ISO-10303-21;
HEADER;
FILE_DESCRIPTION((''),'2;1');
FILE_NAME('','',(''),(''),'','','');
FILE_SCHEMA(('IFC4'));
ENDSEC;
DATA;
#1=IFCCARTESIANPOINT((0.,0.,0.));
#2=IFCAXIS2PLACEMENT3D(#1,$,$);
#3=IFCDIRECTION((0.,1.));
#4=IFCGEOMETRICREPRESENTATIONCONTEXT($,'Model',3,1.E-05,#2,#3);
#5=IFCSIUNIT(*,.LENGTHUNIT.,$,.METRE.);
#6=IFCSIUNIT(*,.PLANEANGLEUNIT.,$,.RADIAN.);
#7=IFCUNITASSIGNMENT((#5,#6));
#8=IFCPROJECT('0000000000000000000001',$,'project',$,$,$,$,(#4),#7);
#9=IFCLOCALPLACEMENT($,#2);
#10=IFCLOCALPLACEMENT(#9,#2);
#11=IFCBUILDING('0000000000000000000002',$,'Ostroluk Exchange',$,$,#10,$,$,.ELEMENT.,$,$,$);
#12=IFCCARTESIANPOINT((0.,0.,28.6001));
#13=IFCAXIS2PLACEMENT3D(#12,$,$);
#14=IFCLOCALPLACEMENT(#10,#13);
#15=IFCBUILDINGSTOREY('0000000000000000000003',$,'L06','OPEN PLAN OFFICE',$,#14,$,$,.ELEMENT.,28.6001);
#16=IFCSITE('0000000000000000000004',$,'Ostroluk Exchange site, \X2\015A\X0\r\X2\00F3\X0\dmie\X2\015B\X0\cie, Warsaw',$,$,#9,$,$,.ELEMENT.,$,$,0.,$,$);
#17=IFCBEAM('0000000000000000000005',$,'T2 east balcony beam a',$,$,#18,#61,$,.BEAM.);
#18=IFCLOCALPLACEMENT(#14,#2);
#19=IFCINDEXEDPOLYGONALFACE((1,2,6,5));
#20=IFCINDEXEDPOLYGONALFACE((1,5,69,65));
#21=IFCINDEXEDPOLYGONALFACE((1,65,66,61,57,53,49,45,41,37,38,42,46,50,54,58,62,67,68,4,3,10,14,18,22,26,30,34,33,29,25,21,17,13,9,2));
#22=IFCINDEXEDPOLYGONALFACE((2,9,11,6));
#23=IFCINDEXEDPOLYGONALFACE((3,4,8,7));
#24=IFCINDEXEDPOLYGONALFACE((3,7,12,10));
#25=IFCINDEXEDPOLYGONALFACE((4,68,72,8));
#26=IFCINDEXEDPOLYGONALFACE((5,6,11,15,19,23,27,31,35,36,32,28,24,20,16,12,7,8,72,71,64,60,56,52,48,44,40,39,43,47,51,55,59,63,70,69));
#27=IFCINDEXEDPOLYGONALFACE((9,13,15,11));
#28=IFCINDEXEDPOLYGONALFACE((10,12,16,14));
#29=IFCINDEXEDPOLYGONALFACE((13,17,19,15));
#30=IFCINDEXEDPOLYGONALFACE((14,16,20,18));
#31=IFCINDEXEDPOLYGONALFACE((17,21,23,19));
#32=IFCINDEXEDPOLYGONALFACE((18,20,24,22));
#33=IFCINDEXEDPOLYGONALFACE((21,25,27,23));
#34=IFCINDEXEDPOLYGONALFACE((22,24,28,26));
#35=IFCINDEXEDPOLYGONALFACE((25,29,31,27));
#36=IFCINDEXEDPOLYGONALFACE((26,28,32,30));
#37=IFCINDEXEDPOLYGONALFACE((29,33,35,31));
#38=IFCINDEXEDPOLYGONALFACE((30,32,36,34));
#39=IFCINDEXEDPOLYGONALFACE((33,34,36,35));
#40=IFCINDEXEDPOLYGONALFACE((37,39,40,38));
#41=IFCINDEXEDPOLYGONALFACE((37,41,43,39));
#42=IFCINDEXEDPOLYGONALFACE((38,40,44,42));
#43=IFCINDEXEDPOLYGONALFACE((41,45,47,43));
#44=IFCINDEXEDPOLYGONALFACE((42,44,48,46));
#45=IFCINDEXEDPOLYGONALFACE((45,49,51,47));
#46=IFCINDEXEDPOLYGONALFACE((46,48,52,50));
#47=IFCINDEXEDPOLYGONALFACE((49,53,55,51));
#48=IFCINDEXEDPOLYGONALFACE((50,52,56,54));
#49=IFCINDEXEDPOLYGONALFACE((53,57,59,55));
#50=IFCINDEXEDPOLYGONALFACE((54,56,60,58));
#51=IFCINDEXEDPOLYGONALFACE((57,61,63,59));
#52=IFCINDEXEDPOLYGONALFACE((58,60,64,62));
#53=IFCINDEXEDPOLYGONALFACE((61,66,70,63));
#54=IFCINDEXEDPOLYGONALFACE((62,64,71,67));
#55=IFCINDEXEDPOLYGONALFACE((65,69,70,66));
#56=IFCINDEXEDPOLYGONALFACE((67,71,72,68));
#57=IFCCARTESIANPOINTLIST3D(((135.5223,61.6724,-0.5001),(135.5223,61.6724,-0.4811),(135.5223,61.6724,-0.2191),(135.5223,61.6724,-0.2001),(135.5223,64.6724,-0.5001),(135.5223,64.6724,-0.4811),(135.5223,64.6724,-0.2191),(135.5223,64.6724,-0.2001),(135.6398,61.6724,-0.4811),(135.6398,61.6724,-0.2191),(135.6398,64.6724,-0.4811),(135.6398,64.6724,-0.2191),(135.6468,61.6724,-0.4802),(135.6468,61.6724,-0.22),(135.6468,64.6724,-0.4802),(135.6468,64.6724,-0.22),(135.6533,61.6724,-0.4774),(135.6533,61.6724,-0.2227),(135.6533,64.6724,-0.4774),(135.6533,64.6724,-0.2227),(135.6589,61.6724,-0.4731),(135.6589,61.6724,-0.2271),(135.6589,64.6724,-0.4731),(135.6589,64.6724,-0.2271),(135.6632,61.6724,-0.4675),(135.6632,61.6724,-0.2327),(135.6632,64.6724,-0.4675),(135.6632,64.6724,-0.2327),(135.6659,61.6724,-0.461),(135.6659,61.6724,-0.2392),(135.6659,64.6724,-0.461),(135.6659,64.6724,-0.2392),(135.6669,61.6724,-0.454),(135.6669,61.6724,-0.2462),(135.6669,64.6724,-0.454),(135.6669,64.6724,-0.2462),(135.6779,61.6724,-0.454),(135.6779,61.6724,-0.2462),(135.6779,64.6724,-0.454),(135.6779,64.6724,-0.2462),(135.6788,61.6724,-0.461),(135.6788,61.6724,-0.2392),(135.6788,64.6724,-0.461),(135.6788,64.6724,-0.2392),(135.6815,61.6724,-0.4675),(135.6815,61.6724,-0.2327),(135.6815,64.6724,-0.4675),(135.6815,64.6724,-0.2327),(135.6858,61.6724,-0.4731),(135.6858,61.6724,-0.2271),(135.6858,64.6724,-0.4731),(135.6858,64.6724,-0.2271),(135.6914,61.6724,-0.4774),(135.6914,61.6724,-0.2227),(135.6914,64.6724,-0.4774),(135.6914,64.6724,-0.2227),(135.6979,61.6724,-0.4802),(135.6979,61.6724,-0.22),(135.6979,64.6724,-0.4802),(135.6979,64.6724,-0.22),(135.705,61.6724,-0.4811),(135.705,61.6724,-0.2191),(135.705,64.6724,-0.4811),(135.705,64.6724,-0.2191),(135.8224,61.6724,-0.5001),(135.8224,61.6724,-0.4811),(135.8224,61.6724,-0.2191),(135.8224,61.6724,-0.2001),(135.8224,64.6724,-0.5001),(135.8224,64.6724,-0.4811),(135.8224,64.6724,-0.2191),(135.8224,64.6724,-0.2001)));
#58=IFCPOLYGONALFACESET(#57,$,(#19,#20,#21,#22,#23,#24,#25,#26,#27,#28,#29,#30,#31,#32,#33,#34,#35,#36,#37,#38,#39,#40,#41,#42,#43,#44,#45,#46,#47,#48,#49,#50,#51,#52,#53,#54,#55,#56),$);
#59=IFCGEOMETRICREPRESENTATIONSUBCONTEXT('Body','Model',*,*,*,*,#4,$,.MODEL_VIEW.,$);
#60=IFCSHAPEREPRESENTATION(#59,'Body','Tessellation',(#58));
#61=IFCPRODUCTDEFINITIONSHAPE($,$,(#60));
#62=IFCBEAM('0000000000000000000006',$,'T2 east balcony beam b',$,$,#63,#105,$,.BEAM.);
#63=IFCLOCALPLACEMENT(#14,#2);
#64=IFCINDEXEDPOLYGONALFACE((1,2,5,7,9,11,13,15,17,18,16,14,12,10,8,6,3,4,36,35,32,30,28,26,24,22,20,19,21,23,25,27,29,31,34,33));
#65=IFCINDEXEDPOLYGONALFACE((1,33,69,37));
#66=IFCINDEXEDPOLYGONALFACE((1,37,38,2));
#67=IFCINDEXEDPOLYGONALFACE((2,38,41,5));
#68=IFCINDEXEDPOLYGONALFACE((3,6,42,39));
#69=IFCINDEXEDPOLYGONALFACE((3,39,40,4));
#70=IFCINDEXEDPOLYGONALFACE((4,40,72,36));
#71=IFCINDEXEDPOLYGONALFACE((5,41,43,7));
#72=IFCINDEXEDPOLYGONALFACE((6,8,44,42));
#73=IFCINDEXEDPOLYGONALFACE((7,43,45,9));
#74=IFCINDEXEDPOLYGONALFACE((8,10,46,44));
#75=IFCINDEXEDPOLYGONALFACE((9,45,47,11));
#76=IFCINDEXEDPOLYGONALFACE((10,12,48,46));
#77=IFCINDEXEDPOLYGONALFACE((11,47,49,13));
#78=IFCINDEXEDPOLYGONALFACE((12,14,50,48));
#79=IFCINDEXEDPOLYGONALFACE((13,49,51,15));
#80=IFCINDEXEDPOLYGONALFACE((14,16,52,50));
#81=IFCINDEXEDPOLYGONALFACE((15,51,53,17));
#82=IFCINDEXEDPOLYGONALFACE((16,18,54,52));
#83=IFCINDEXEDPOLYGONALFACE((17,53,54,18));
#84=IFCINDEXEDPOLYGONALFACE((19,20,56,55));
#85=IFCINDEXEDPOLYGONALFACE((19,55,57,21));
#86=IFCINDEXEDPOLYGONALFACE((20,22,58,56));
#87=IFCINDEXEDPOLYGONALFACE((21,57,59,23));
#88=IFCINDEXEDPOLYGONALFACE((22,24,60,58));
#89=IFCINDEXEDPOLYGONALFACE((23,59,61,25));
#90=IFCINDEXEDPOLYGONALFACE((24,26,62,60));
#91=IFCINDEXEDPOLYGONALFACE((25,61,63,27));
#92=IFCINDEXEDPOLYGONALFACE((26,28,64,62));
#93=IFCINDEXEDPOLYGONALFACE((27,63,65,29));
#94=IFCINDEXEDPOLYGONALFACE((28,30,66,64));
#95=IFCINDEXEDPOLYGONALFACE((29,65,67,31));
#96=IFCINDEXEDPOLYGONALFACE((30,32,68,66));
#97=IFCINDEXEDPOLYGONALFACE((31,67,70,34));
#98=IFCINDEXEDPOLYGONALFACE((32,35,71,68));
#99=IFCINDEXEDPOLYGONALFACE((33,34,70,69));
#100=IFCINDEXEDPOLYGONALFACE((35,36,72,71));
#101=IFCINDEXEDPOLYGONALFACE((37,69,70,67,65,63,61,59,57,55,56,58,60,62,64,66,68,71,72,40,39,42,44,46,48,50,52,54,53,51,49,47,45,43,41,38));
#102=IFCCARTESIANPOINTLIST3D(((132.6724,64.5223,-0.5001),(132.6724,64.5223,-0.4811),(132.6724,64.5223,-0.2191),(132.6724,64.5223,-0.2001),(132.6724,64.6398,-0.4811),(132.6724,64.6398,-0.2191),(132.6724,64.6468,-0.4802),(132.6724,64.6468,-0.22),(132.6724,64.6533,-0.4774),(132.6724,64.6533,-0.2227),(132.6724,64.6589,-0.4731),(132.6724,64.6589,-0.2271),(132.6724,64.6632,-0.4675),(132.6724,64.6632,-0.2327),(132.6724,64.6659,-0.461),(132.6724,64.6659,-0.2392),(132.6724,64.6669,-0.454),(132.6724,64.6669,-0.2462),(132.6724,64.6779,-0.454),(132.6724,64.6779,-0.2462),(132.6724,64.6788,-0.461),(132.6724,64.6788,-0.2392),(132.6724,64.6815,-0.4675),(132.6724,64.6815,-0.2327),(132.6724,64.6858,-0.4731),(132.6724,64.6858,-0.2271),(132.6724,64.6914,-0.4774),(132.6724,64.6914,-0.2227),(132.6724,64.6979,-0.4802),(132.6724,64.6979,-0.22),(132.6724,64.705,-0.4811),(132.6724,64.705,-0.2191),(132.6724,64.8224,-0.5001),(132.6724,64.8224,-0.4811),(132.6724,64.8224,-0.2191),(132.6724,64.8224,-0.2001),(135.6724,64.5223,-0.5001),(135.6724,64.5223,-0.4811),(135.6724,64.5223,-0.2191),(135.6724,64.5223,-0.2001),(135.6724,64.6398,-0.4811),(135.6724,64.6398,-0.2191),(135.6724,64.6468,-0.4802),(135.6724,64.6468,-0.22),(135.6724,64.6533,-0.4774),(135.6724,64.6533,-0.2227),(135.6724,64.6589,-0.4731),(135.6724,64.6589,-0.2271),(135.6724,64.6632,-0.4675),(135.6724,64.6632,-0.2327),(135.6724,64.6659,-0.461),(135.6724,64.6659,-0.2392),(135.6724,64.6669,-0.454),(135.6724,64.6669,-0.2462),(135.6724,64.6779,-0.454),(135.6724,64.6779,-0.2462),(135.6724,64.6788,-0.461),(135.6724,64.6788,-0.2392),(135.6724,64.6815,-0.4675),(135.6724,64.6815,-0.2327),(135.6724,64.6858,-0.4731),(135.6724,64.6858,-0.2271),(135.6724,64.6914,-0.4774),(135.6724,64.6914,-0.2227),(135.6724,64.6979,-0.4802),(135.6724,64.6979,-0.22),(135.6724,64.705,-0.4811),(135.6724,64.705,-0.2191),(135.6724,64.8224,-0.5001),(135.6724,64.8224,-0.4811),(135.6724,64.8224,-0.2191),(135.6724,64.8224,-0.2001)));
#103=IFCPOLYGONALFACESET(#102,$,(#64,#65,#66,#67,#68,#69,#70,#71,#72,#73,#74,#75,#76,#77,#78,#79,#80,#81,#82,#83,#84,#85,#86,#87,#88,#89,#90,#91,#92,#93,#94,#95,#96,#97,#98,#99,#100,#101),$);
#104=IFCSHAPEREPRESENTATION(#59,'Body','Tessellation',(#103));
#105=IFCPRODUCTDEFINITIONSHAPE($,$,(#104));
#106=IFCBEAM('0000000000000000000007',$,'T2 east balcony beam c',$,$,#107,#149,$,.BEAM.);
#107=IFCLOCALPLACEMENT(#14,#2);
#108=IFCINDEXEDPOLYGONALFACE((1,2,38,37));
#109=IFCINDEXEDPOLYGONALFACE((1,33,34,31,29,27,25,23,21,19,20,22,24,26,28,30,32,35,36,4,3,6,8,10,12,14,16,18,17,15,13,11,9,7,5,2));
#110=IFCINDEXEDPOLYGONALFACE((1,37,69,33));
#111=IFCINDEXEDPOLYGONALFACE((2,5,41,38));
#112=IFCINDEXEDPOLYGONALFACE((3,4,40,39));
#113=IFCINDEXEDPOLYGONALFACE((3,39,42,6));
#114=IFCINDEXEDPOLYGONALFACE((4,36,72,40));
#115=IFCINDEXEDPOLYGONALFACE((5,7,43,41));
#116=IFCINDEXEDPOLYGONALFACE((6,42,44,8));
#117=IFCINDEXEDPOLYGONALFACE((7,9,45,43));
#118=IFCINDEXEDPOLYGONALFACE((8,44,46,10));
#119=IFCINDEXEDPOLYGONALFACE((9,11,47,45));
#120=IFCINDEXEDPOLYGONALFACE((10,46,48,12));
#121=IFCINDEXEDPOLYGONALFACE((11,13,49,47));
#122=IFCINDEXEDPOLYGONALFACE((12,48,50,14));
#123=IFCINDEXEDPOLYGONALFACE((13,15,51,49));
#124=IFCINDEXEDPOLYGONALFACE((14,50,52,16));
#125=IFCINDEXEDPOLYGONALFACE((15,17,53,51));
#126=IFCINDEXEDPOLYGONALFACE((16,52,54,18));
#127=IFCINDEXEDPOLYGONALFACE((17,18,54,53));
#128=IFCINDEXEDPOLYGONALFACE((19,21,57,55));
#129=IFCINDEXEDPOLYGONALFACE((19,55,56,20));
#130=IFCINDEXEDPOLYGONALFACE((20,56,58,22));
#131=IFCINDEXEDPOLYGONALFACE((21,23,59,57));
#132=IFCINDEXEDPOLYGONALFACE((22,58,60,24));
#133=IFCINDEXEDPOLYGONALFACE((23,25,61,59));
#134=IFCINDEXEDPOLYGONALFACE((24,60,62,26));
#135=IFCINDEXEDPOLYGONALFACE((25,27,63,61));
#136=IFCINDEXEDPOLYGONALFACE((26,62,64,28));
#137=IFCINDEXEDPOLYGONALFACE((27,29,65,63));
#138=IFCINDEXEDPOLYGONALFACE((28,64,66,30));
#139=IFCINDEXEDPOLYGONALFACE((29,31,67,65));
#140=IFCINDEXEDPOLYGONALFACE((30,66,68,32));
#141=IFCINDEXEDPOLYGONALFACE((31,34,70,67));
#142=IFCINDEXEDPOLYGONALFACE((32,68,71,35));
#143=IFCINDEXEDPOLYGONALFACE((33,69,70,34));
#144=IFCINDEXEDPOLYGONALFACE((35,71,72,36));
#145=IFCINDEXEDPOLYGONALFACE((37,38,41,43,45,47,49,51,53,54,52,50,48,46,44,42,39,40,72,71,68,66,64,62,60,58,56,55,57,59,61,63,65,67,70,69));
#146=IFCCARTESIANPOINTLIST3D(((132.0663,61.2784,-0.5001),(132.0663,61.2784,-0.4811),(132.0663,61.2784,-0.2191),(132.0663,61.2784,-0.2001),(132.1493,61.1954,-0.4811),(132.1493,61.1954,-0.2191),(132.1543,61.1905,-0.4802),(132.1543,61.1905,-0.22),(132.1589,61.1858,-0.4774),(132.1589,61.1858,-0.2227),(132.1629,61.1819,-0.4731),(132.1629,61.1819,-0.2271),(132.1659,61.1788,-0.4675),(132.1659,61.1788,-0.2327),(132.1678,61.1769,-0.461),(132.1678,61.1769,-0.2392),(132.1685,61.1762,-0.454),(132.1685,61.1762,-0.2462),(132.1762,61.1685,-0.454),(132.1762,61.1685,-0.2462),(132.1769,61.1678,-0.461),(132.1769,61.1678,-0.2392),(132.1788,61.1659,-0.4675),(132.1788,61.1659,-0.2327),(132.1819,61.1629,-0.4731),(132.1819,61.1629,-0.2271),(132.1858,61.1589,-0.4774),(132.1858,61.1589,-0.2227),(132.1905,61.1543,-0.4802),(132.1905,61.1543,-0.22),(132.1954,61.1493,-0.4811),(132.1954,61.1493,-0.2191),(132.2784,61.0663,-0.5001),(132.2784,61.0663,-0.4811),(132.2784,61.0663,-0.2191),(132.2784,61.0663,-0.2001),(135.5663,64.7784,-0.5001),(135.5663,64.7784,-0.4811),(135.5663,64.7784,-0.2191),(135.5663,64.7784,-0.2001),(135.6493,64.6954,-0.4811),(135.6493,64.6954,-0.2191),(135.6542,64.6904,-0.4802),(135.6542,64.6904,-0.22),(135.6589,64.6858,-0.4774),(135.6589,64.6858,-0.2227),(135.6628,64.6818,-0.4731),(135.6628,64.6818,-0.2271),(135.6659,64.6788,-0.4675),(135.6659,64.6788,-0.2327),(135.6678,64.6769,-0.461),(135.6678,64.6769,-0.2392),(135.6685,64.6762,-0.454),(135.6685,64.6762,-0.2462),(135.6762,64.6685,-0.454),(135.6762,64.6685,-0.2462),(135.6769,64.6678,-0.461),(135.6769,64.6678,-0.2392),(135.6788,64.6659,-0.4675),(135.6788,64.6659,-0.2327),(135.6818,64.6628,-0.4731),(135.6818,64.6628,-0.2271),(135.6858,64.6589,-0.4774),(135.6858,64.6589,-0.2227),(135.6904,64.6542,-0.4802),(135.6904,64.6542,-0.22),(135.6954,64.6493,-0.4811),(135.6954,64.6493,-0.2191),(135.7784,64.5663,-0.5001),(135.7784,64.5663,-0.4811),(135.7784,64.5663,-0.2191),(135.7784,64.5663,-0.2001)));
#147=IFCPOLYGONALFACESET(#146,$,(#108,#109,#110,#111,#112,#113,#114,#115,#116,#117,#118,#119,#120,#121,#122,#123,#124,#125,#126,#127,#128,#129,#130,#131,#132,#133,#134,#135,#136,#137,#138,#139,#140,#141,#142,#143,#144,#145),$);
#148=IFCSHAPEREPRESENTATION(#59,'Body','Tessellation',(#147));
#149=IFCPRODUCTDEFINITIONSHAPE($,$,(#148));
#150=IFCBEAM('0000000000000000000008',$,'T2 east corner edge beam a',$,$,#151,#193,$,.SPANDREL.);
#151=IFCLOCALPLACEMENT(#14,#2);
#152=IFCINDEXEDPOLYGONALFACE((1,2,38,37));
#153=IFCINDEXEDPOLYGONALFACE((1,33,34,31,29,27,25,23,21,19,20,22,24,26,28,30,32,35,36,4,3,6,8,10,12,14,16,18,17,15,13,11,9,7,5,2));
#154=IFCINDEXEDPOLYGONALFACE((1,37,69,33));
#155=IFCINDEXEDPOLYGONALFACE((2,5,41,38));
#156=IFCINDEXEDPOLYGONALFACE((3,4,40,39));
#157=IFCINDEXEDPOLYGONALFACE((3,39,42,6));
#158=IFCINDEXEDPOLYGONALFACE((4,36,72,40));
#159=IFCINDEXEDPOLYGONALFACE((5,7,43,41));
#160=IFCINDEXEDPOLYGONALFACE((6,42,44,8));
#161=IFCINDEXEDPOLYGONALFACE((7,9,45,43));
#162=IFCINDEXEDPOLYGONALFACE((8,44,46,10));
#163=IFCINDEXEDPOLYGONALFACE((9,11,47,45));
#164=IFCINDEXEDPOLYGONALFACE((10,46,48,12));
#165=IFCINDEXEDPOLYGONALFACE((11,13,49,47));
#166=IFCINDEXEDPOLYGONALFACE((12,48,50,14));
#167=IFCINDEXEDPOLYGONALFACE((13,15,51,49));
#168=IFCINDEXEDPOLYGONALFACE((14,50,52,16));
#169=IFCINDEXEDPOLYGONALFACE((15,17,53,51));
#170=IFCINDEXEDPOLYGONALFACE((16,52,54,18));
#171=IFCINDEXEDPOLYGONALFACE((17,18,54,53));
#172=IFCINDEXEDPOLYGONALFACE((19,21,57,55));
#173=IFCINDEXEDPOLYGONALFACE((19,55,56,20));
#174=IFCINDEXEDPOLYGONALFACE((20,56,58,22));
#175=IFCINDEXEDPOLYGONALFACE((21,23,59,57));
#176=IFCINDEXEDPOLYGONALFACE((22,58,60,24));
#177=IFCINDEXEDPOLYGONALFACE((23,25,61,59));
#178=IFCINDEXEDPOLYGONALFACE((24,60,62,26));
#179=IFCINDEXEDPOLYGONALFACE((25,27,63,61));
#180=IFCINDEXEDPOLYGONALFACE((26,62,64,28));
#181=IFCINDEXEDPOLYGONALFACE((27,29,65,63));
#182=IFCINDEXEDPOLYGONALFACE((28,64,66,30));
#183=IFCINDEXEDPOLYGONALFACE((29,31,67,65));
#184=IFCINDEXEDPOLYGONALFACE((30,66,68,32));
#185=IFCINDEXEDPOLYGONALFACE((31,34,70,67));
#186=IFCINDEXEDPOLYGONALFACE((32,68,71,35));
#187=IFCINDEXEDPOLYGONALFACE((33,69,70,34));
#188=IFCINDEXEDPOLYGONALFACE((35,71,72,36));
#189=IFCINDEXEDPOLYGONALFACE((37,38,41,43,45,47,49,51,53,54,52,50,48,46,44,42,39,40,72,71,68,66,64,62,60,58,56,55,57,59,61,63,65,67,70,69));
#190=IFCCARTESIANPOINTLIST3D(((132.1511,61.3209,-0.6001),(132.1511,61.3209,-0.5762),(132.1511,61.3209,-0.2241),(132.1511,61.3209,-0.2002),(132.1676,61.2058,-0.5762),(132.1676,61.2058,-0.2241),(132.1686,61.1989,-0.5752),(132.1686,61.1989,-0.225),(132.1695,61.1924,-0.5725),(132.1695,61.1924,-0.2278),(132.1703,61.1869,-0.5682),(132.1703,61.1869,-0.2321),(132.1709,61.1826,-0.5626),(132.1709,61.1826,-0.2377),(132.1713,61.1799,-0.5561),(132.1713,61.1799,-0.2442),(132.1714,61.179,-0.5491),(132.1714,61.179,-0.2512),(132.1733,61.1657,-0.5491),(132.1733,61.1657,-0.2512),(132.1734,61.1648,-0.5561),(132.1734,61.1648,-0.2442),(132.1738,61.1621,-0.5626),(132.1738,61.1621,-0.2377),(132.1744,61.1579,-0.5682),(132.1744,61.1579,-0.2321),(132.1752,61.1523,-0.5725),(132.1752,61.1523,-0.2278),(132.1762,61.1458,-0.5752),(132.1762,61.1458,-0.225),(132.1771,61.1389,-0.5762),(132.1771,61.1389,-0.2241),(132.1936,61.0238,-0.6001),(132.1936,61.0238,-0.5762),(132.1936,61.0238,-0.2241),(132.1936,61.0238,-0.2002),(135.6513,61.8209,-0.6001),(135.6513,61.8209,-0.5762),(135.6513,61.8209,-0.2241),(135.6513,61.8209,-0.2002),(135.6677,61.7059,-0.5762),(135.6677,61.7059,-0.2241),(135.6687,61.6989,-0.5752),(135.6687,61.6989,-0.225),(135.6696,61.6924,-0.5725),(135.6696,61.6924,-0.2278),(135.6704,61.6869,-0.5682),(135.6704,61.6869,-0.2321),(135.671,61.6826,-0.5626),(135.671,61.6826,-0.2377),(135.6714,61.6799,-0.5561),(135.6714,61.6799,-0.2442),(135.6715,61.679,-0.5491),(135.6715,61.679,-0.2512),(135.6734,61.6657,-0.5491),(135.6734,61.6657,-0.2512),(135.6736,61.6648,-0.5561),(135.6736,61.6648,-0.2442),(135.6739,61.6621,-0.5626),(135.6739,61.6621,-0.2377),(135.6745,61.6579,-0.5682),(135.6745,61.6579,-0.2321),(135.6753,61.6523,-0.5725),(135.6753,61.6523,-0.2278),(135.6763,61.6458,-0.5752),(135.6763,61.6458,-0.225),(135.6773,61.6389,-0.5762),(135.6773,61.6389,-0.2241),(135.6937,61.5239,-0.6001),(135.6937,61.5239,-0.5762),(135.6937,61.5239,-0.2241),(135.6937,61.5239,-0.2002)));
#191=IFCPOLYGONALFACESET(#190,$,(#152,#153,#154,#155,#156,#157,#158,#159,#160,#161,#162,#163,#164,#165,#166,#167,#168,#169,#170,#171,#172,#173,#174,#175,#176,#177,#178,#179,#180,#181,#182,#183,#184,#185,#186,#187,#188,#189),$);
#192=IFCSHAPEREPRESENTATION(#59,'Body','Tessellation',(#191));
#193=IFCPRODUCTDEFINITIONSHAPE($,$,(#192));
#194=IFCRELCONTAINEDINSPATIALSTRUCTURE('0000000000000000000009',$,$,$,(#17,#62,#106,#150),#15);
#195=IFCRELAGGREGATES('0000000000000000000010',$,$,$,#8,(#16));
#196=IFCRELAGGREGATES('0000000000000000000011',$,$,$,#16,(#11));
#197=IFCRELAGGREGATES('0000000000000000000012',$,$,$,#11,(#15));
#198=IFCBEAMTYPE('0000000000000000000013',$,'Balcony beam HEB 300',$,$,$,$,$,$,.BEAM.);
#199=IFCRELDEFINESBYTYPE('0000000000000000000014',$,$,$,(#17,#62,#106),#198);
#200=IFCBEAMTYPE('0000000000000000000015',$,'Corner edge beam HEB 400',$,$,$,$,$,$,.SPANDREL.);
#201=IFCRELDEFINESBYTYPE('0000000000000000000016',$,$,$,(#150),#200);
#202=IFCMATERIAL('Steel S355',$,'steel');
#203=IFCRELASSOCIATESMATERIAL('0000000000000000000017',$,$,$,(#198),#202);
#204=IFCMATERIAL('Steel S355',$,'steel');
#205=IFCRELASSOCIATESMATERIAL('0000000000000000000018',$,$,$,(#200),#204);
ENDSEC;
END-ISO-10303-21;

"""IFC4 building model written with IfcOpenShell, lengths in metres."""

from ifc_helpers import new_model, si_unit, direction, frame, origin, origin_2d, place, context, subcontext, project, spatial, i_section, extrude, material, material_profile, profile_set, type_object, element, save


model = new_model("IFC4")

# Units and contexts
model_context = context("Model", 3, precision=1e-05, world=origin(), true_north=direction((0.0, 1.0)))
body_context = subcontext(model_context, "Body", "Model", "MODEL_VIEW")
ifc_project = project(units=[si_unit("LENGTHUNIT", "METRE"), si_unit("PLANEANGLEUNIT", "RADIAN")], contexts=[model_context])

# Site, building, storey
site_placement = place(None, origin())
site = spatial("IfcSite", under=ifc_project, at=site_placement, Name="Ostroluk Exchange site, Śródmieście, Warsaw", CompositionType="ELEMENT", RefElevation=0.0)
building_placement = place(site_placement, origin())
building = spatial("IfcBuilding", under=site, at=building_placement, Name="Ostroluk Exchange", CompositionType="ELEMENT")
storey_placement = place(building_placement, frame((0.0, 0.0, 28.6001)))
storey = spatial("IfcBuildingStorey", under=building, at=storey_placement, Name="L06", Description="OPEN PLAN OFFICE", CompositionType="ELEMENT", Elevation=28.6001)

# Beams
ifc_material_1 = material(Name="Steel S355", Category="steel")
ifc_material_profile_1 = material_profile(ifc_material_1, i_section(OverallWidth=0.3, OverallDepth=0.3, WebThickness=0.011, FlangeThickness=0.019, FilletRadius=0.0271, at=origin_2d()), Name="HEB 300")
ifc_profile_set_1 = profile_set([ifc_material_profile_1], Name="Steel S355")
beam_type_1 = type_object("IfcBeamType", Name="Balcony beam HEB 300", PredefinedType="BEAM", material=ifc_profile_set_1)
for number, where, z_axis, x_axis, name in (
    (1, (135.6724, 61.6724, -0.3501), (0.0, 1.0, 0.0), (-1.0, 0.0, 0.0), "T2 east balcony beam a"),
    (2, (132.6724, 64.6724, -0.3501), (1.0, 0.0, 0.0), (0.0, 1.0, 0.0), "T2 east balcony beam b"),
):
    element("IfcBeam", number, at=place(storey_placement, frame(where, z_axis=z_axis, x_axis=x_axis)), inside=storey, type_object=beam_type_1, Name=name, PredefinedType="BEAM", context=body_context, shape_type="SweptSolid", body=[
        extrude(i_section(OverallWidth=0.3, OverallDepth=0.3, WebThickness=0.011, FlangeThickness=0.019, FilletRadius=0.0271, at=origin_2d()), origin(), (0.0, 0.0, 1.0), 3.0),
    ])
beam_1_placement = place(storey_placement, frame((132.1724, 61.1724, -0.3501), z_axis=(0.707107, 0.707107, 0.0), x_axis=(-0.707107, 0.707107, 0.0)))
element("IfcBeam", 3, at=beam_1_placement, inside=storey, type_object=beam_type_1, Name="T2 east balcony beam c", PredefinedType="BEAM", context=body_context, shape_type="SweptSolid", body=[
    extrude(i_section(OverallWidth=0.3, OverallDepth=0.3, WebThickness=0.011, FlangeThickness=0.019, FilletRadius=0.0271, at=origin_2d()), origin(), (0.0, 0.0, 1.0), 4.9497),
])
ifc_material_2 = material(Name="Steel S355", Category="steel")
ifc_material_profile_2 = material_profile(ifc_material_2, i_section(OverallWidth=0.3, OverallDepth=0.3999, WebThickness=0.0134, FlangeThickness=0.0239, FilletRadius=0.0271, at=origin_2d()), Name="HEB 400")
ifc_profile_set_2 = profile_set([ifc_material_profile_2], Name="Steel S355")
beam_type_2 = type_object("IfcBeamType", Name="Corner edge beam HEB 400", PredefinedType="SPANDREL", material=ifc_profile_set_2)
for number, where, z_axis, x_axis, name in (
    (4, (132.1724, 61.1724, -0.4001), (0.989949, 0.141421, 0.0), (-0.141421, 0.989949, 0.0), "T2 east corner edge beam a"),
):
    element("IfcBeam", number, at=place(storey_placement, frame(where, z_axis=z_axis, x_axis=x_axis)), inside=storey, type_object=beam_type_2, Name=name, PredefinedType="SPANDREL", context=body_context, shape_type="SweptSolid", body=[
        extrude(i_section(OverallWidth=0.3, OverallDepth=0.3999, WebThickness=0.0134, FlangeThickness=0.0239, FilletRadius=0.0271, at=origin_2d()), origin(), (0.0, 0.0, 1.0), 3.5356),
    ])

save(model, "model.ifc")
